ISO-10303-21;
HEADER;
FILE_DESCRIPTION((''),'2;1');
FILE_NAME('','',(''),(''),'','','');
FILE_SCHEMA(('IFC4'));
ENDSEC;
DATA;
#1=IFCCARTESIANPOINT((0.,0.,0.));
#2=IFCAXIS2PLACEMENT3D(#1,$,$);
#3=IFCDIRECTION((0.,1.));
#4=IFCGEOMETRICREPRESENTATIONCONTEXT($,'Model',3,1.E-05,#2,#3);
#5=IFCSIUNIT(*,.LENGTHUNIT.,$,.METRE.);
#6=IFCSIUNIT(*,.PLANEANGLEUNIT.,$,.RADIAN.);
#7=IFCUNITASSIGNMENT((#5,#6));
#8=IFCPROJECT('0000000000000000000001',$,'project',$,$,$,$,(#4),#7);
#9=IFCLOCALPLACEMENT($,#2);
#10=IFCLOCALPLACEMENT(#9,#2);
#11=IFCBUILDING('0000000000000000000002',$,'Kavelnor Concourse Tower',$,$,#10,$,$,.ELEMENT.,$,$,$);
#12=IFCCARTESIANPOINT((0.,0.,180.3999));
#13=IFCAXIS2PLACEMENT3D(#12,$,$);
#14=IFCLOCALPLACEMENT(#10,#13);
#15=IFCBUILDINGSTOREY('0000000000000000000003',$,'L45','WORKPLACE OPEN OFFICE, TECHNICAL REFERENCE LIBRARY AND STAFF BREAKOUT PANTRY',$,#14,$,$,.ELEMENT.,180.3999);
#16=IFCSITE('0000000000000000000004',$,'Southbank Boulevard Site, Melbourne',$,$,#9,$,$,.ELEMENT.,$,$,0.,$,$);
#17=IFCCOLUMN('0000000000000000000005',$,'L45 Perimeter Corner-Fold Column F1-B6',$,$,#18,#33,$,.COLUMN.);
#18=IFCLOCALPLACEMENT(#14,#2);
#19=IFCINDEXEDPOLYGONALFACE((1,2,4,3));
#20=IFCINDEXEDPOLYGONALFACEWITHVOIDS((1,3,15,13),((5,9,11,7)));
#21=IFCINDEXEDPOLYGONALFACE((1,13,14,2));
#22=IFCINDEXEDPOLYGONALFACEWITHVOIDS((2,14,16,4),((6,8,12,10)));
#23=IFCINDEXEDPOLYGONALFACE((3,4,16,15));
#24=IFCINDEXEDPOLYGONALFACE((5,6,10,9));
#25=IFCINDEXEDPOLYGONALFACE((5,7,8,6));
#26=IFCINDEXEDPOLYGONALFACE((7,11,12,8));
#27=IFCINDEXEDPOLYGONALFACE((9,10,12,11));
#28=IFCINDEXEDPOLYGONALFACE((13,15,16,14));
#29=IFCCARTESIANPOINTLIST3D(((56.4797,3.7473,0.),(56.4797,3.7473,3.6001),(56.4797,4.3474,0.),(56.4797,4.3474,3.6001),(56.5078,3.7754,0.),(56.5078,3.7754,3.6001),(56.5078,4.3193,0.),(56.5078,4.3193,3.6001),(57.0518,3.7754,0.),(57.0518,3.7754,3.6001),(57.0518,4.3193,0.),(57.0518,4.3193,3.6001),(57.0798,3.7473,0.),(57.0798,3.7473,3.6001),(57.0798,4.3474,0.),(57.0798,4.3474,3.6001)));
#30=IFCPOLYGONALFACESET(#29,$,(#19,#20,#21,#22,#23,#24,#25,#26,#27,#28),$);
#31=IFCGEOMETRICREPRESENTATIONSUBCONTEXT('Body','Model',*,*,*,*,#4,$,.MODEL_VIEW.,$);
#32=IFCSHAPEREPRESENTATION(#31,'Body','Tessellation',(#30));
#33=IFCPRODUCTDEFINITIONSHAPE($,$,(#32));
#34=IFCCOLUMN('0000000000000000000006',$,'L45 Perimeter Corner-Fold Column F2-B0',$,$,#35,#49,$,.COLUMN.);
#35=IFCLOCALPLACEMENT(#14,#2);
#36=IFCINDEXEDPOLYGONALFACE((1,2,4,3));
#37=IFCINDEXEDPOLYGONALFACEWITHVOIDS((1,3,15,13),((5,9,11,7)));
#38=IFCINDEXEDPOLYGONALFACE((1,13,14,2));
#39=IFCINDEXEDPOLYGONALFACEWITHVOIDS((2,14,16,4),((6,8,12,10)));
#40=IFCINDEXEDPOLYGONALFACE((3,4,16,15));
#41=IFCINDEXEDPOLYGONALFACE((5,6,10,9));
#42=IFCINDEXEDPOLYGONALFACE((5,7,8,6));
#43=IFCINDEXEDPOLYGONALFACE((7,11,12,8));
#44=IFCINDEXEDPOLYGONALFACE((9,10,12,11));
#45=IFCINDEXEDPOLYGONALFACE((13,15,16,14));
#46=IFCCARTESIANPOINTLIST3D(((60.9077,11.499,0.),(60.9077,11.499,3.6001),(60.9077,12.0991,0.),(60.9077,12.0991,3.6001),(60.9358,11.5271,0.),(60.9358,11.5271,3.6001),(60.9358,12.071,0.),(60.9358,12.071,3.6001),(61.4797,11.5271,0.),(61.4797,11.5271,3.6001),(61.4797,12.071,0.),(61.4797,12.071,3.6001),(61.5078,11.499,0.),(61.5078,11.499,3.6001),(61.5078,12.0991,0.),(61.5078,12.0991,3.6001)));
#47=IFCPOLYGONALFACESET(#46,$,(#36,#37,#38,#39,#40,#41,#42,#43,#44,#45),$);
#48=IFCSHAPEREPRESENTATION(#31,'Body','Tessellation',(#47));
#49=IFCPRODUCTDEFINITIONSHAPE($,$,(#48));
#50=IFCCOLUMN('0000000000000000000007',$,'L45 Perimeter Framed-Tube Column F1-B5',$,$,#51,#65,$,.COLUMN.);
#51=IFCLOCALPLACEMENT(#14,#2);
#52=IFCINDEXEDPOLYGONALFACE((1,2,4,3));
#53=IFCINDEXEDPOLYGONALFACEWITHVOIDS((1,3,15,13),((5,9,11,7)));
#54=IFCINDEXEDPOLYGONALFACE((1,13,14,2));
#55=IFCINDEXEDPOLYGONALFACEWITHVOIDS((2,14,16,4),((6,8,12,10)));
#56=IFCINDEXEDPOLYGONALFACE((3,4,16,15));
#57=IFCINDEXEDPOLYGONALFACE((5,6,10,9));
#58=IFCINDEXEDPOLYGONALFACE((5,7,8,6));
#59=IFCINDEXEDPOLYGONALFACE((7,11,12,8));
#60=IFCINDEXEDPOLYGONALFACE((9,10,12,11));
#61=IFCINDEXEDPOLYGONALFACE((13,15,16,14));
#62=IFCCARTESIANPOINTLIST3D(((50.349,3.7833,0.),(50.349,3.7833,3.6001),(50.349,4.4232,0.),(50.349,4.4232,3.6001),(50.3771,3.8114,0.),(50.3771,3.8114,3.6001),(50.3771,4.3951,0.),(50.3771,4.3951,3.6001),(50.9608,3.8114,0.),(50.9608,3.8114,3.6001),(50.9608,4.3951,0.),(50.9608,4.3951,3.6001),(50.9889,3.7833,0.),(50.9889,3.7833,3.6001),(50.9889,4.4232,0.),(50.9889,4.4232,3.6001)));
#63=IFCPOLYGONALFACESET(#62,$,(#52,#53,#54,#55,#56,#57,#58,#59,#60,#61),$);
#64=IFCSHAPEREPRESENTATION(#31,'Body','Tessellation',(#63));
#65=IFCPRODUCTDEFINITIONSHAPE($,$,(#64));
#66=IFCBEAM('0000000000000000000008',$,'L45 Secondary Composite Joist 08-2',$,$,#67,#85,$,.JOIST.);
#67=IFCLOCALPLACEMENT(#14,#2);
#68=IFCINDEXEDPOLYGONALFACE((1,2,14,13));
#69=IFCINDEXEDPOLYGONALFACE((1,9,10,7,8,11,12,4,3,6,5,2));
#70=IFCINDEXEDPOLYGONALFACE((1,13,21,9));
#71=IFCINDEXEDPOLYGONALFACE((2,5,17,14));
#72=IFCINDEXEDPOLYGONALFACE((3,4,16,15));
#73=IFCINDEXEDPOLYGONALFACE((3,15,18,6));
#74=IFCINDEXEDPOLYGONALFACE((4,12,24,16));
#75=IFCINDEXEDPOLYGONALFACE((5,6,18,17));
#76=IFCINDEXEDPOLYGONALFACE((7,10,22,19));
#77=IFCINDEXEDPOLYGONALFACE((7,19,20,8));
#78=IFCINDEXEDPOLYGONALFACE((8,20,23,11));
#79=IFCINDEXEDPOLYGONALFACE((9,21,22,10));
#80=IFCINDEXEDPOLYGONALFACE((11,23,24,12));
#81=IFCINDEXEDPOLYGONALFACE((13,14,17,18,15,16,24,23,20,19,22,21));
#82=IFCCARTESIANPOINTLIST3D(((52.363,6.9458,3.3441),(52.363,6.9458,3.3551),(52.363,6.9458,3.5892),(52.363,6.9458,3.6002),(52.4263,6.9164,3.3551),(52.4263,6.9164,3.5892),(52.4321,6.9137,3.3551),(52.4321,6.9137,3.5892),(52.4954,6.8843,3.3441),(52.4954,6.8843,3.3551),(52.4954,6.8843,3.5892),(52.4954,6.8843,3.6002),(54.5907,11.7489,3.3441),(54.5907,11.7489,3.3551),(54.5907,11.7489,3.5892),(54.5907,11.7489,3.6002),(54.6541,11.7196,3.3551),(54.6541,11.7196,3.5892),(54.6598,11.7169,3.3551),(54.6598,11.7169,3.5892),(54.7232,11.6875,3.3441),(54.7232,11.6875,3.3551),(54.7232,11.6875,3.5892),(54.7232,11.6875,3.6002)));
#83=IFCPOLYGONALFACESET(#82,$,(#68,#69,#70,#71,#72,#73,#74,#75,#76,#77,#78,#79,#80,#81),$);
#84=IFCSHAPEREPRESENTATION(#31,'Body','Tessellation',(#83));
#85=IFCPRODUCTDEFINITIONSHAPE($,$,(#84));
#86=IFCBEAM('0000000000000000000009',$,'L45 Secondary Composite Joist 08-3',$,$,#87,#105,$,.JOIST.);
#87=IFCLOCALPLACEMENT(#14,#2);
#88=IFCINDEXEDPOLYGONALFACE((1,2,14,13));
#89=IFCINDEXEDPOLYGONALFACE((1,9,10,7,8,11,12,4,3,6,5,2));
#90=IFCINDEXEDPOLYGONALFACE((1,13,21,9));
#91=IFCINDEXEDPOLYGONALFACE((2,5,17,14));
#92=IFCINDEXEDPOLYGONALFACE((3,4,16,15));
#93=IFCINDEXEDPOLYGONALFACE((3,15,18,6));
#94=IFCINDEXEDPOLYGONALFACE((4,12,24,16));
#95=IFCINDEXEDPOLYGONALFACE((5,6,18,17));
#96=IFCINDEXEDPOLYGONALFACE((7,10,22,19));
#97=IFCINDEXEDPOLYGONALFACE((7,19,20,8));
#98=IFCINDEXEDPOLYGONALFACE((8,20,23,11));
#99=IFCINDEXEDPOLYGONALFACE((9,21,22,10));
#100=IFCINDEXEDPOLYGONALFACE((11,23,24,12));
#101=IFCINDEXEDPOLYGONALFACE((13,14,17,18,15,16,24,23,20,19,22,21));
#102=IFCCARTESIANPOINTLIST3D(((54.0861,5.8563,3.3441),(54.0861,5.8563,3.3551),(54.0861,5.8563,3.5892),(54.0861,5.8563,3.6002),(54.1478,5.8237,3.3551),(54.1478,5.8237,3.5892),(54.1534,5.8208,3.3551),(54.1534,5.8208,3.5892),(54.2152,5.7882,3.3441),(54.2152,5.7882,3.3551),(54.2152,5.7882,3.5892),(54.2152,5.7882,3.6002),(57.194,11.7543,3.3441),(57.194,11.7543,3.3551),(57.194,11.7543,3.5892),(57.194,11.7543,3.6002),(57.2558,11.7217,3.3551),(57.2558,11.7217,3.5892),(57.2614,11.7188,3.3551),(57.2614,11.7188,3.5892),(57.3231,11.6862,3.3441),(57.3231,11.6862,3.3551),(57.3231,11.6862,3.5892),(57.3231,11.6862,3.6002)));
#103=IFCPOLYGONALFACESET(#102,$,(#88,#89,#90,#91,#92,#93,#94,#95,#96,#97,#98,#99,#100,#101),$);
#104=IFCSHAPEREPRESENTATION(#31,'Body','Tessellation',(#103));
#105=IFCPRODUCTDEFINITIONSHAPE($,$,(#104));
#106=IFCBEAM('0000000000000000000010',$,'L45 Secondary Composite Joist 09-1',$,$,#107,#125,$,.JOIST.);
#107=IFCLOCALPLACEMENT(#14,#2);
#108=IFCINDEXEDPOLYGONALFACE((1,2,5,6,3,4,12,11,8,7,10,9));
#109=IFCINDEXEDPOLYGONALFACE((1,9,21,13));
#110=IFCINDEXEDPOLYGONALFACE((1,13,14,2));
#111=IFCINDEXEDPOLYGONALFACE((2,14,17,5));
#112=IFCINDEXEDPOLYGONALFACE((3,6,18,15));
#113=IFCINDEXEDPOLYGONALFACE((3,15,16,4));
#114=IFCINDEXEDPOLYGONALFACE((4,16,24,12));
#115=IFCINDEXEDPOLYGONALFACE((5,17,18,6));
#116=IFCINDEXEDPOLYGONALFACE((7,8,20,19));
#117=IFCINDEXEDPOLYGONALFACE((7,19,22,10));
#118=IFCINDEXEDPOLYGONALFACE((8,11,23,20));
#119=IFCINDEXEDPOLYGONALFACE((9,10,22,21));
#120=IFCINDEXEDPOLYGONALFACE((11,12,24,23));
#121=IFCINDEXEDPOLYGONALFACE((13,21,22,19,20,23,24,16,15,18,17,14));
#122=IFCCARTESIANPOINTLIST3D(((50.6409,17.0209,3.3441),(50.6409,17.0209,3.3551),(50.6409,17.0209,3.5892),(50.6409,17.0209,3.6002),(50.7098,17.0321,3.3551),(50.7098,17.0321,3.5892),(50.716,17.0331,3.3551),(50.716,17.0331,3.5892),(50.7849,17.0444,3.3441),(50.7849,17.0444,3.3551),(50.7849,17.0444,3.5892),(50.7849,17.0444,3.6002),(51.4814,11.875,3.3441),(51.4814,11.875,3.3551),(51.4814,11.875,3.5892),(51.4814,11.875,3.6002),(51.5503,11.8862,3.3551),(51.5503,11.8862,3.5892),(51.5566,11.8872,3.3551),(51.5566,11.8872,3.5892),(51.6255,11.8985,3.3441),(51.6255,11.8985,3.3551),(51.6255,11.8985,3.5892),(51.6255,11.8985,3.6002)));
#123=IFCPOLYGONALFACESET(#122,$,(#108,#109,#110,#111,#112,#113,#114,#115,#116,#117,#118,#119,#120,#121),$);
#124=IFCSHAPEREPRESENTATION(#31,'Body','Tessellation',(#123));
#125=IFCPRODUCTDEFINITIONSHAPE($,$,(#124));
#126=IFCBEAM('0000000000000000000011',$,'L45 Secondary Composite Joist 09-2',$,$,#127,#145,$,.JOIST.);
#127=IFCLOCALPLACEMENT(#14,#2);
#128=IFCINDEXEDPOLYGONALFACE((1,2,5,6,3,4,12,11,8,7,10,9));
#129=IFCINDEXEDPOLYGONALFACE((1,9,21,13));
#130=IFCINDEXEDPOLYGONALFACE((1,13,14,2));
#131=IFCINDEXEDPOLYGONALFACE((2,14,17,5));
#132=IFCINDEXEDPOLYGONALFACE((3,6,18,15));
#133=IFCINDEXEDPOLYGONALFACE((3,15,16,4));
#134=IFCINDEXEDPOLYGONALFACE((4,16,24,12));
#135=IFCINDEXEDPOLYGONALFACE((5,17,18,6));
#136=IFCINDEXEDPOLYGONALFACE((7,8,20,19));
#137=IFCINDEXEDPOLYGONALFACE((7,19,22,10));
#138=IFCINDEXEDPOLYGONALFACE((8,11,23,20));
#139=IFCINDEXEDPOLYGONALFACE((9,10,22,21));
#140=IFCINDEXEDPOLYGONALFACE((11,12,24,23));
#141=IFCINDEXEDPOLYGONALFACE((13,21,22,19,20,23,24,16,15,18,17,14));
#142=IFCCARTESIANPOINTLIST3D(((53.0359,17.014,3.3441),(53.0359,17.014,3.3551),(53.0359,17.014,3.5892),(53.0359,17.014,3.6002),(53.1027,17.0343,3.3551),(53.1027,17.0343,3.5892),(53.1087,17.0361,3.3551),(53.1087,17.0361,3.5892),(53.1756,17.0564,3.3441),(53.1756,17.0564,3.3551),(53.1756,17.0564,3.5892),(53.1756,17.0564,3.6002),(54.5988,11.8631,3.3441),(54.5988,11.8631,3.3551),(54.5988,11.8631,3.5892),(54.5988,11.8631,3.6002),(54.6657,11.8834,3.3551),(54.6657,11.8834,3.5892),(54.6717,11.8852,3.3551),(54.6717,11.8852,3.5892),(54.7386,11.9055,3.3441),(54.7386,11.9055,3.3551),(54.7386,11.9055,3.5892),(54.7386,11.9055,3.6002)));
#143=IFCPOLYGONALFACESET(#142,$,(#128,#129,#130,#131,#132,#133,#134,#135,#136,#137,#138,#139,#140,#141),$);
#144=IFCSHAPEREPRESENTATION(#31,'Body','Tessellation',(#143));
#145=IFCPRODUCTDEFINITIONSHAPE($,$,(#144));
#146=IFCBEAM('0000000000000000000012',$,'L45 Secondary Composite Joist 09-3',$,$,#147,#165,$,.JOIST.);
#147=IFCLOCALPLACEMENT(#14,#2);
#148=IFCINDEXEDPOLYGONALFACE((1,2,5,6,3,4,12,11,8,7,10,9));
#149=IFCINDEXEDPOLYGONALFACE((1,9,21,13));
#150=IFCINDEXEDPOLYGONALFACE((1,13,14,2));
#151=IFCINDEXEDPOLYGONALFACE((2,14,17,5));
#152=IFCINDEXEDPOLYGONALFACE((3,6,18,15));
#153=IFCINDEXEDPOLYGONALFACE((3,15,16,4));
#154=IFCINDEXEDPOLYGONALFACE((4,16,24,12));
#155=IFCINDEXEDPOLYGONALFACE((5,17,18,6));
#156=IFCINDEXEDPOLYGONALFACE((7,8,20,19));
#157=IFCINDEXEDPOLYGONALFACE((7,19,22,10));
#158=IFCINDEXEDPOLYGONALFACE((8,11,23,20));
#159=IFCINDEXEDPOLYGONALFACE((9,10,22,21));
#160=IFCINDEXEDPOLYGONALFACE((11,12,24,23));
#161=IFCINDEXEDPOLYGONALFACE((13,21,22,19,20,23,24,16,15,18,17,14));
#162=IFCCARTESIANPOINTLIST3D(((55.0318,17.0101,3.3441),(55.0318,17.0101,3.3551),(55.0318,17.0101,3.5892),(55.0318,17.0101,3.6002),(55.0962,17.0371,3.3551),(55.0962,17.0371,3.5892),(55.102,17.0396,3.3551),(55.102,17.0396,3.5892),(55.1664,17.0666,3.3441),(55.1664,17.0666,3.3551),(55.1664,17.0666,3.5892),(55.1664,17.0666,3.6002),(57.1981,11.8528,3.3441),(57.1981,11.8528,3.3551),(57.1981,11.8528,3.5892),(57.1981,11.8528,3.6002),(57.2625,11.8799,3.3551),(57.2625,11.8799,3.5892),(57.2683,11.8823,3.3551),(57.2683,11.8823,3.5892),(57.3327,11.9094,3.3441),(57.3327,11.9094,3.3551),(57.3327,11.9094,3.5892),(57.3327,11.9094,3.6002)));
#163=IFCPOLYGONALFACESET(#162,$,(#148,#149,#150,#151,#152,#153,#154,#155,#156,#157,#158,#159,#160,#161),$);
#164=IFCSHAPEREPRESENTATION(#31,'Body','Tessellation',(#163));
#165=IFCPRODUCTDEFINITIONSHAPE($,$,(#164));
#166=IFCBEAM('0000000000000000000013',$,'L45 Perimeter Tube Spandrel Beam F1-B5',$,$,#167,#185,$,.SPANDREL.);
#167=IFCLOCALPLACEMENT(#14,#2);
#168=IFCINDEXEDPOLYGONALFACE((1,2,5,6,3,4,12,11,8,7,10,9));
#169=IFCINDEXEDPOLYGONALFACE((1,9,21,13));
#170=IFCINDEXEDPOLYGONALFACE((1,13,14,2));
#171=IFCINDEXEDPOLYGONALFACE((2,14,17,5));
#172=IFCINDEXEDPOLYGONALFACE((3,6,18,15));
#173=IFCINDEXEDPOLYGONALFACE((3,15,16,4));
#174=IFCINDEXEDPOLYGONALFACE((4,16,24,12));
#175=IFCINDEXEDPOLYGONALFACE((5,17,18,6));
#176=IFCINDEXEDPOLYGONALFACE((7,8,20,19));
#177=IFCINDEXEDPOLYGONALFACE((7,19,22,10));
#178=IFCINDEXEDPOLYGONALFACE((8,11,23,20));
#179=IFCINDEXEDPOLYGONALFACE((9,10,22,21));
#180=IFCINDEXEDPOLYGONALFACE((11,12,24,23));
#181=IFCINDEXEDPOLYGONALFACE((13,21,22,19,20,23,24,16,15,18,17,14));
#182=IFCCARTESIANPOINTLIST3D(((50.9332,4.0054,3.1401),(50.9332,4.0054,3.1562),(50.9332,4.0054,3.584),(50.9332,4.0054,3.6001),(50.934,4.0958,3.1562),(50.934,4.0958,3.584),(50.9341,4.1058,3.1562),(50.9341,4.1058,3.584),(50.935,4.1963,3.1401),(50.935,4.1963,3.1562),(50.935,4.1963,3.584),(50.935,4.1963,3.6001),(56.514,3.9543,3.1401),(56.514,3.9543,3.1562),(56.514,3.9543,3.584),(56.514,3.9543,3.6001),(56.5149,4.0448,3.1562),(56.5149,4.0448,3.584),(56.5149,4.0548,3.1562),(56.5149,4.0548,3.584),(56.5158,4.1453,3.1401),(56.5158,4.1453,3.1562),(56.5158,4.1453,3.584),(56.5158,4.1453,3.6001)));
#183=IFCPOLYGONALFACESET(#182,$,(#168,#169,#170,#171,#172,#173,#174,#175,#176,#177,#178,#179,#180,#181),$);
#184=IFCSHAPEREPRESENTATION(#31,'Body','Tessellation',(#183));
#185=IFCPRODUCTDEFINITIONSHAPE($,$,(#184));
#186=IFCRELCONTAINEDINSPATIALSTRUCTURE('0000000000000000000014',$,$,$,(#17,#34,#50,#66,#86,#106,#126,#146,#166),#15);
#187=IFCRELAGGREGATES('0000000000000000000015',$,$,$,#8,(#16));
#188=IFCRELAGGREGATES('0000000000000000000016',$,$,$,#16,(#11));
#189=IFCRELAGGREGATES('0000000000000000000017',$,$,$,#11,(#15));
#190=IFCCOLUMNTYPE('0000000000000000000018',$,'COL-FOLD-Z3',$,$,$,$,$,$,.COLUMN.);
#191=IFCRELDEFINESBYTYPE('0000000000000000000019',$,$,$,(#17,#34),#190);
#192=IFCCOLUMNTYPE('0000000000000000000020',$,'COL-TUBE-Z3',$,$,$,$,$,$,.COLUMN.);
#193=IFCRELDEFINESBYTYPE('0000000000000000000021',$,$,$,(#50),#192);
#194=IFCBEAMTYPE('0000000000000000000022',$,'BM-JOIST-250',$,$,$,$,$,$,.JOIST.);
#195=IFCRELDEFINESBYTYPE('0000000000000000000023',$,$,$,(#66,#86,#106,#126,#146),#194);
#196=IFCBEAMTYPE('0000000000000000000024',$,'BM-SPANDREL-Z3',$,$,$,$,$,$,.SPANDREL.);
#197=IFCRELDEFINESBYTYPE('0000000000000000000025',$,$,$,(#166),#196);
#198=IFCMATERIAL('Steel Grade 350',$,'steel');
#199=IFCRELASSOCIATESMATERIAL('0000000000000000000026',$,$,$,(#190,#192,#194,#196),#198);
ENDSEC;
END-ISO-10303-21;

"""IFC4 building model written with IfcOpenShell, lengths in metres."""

from ifc_helpers import new_model, si_unit, direction, frame, origin, origin_2d, place, context, subcontext, project, spatial, hollow_rectangle, i_section, extrude, material, material_profile, profile_set, type_object, element, save


model = new_model("IFC4")

# Units and contexts
model_context = context("Model", 3, precision=1e-05, world=origin(), true_north=direction((0.0, 1.0)))
body_context = subcontext(model_context, "Body", "Model", "MODEL_VIEW")
ifc_project = project(units=[si_unit("LENGTHUNIT", "METRE"), si_unit("PLANEANGLEUNIT", "RADIAN")], contexts=[model_context])

# Site, building, storey
site_placement = place(None, origin())
site = spatial("IfcSite", under=ifc_project, at=site_placement, Name="Southbank Boulevard Site, Melbourne", CompositionType="ELEMENT", RefElevation=0.0)
building_placement = place(site_placement, origin())
building = spatial("IfcBuilding", under=site, at=building_placement, Name="Kavelnor Concourse Tower", CompositionType="ELEMENT")
storey_placement = place(building_placement, frame((0.0, 0.0, 180.3999)))
storey = spatial("IfcBuildingStorey", under=building, at=storey_placement, Name="L45", Description="WORKPLACE OPEN OFFICE, TECHNICAL REFERENCE LIBRARY AND STAFF BREAKOUT PANTRY", CompositionType="ELEMENT", Elevation=180.3999)

# Columns
ifc_material_1 = material(Name="Steel Grade 350", Category="steel")
ifc_material_profile_1 = material_profile(ifc_material_1, hollow_rectangle(XDim=0.6001, YDim=0.6001, WallThickness=0.0281, at=origin_2d()), Name="SHS 600x600x28")
ifc_profile_set_1 = profile_set([ifc_material_profile_1], Name="Steel Grade 350")
column_type_1 = type_object("IfcColumnType", Name="COL-FOLD-Z3", PredefinedType="COLUMN", material=ifc_profile_set_1)
for number, where, z_axis, x_axis, name in (
    (1, (56.7798, 4.0474, 0.0), (0.0, 0.0, 1.0), (1.0, 0.0, 0.0), "L45 Perimeter Corner-Fold Column F1-B6"),
    (2, (61.2078, 11.7991, 0.0), (0.0, 0.0, 1.0), (1.0, 0.0, 0.0), "L45 Perimeter Corner-Fold Column F2-B0"),
):
    element("IfcColumn", number, at=place(storey_placement, frame(where, z_axis=z_axis, x_axis=x_axis)), inside=storey, type_object=column_type_1, Name=name, PredefinedType="COLUMN", context=body_context, shape_type="SweptSolid", body=[
        extrude(hollow_rectangle(XDim=0.6001, YDim=0.6001, WallThickness=0.0281, at=origin_2d()), origin(), (0.0, 0.0, 1.0), 3.6001),
    ])
ifc_material_profile_2 = material_profile(ifc_material_1, hollow_rectangle(XDim=0.6399, YDim=0.6399, WallThickness=0.0281, at=origin_2d()), Name="SHS 640x640x28")
ifc_profile_set_2 = profile_set([ifc_material_profile_2], Name="Steel Grade 350")
column_type_2 = type_object("IfcColumnType", Name="COL-TUBE-Z3", PredefinedType="COLUMN", material=ifc_profile_set_2)
column_placement = place(storey_placement, frame((50.6689, 4.1033, 0.0), z_axis=(0.0, 0.0, 1.0), x_axis=(1.0, 0.0, 0.0)))
element("IfcColumn", 3, at=column_placement, inside=storey, type_object=column_type_2, Name="L45 Perimeter Framed-Tube Column F1-B5", PredefinedType="COLUMN", context=body_context, shape_type="SweptSolid", body=[
    extrude(hollow_rectangle(XDim=0.6399, YDim=0.6399, WallThickness=0.0281, at=origin_2d()), origin(), (0.0, 0.0, 1.0), 3.6001),
])

# Beams
ifc_material_profile_3 = material_profile(ifc_material_1, i_section(OverallWidth=0.146, OverallDepth=0.2561, WebThickness=0.0063, FlangeThickness=0.011, at=origin_2d()), Name="250UB37")
ifc_profile_set_3 = profile_set([ifc_material_profile_3], Name="Steel Grade 350")
beam_type_1 = type_object("IfcBeamType", Name="BM-JOIST-250", PredefinedType="JOIST", material=ifc_profile_set_3)
beam_1_placement = place(storey_placement, frame((52.4292, 6.915, 3.4722), z_axis=(0.420756, 0.907174, 0.0), x_axis=(-0.907174, 0.420756, 0.0)))
element("IfcBeam", 4, at=beam_1_placement, inside=storey, type_object=beam_type_1, Name="L45 Secondary Composite Joist 08-2", PredefinedType="JOIST", context=body_context, shape_type="SweptSolid", body=[
    extrude(i_section(OverallWidth=0.146, OverallDepth=0.2561, WebThickness=0.0063, FlangeThickness=0.011, at=origin_2d()), origin(), (0.0, 0.0, 1.0), 5.2947),
])
beam_2_placement = place(storey_placement, frame((54.1506, 5.8223, 3.4722), z_axis=(0.466184, 0.884688, 0.0), x_axis=(-0.884688, 0.466184, 0.0)))
element("IfcBeam", 5, at=beam_2_placement, inside=storey, type_object=beam_type_1, Name="L45 Secondary Composite Joist 08-3", PredefinedType="JOIST", context=body_context, shape_type="SweptSolid", body=[
    extrude(i_section(OverallWidth=0.146, OverallDepth=0.2561, WebThickness=0.0063, FlangeThickness=0.011, at=origin_2d()), origin(), (0.0, 0.0, 1.0), 6.6667),
])
beam_3_placement = place(storey_placement, frame((51.5535, 11.8867, 3.4722), z_axis=(-0.161209, 0.98692, 0.0), x_axis=(-0.98692, -0.161209, 0.0)))
element("IfcBeam", 6, at=beam_3_placement, inside=storey, type_object=beam_type_1, Name="L45 Secondary Composite Joist 09-1", PredefinedType="JOIST", context=body_context, shape_type="SweptSolid", body=[
    extrude(i_section(OverallWidth=0.146, OverallDepth=0.2561, WebThickness=0.0063, FlangeThickness=0.011, at=origin_2d()), origin(), (0.0, 0.0, 1.0), 5.2141),
])
beam_4_placement = place(storey_placement, frame((54.6687, 11.8843, 3.4722), z_axis=(-0.290367, 0.956915, 0.0), x_axis=(-0.956915, -0.290367, 0.0)))
element("IfcBeam", 7, at=beam_4_placement, inside=storey, type_object=beam_type_1, Name="L45 Secondary Composite Joist 09-2", PredefinedType="JOIST", context=body_context, shape_type="SweptSolid", body=[
    extrude(i_section(OverallWidth=0.146, OverallDepth=0.2561, WebThickness=0.0063, FlangeThickness=0.011, at=origin_2d()), origin(), (0.0, 0.0, 1.0), 5.3828),
])
beam_5_placement = place(storey_placement, frame((57.2654, 11.8811, 3.4722), z_axis=(-0.387267, 0.921968, 0.0), x_axis=(-0.921968, -0.387267, 0.0)))
element("IfcBeam", 8, at=beam_5_placement, inside=storey, type_object=beam_type_1, Name="L45 Secondary Composite Joist 09-3", PredefinedType="JOIST", context=body_context, shape_type="SweptSolid", body=[
    extrude(i_section(OverallWidth=0.146, OverallDepth=0.2561, WebThickness=0.0063, FlangeThickness=0.011, at=origin_2d()), origin(), (0.0, 0.0, 1.0), 5.5938),
])
ifc_material_profile_4 = material_profile(ifc_material_1, i_section(OverallWidth=0.1909, OverallDepth=0.46, WebThickness=0.01, FlangeThickness=0.0161, at=origin_2d()), Name="460UB82")
ifc_profile_set_4 = profile_set([ifc_material_profile_4], Name="Steel Grade 350")
beam_type_2 = type_object("IfcBeamType", Name="BM-SPANDREL-Z3", PredefinedType="SPANDREL", material=ifc_profile_set_4)
beam_6_placement = place(storey_placement, frame((50.9341, 4.1008, 3.3701), z_axis=(0.999958, -0.009143, 0.0), x_axis=(0.009143, 0.999958, 0.0)))
element("IfcBeam", 9, at=beam_6_placement, inside=storey, type_object=beam_type_2, Name="L45 Perimeter Tube Spandrel Beam F1-B5", PredefinedType="SPANDREL", context=body_context, shape_type="SweptSolid", body=[
    extrude(i_section(OverallWidth=0.1909, OverallDepth=0.46, WebThickness=0.01, FlangeThickness=0.0161, at=origin_2d()), origin(), (0.0, 0.0, 1.0), 5.5811),
])

save(model, "model.ifc")
